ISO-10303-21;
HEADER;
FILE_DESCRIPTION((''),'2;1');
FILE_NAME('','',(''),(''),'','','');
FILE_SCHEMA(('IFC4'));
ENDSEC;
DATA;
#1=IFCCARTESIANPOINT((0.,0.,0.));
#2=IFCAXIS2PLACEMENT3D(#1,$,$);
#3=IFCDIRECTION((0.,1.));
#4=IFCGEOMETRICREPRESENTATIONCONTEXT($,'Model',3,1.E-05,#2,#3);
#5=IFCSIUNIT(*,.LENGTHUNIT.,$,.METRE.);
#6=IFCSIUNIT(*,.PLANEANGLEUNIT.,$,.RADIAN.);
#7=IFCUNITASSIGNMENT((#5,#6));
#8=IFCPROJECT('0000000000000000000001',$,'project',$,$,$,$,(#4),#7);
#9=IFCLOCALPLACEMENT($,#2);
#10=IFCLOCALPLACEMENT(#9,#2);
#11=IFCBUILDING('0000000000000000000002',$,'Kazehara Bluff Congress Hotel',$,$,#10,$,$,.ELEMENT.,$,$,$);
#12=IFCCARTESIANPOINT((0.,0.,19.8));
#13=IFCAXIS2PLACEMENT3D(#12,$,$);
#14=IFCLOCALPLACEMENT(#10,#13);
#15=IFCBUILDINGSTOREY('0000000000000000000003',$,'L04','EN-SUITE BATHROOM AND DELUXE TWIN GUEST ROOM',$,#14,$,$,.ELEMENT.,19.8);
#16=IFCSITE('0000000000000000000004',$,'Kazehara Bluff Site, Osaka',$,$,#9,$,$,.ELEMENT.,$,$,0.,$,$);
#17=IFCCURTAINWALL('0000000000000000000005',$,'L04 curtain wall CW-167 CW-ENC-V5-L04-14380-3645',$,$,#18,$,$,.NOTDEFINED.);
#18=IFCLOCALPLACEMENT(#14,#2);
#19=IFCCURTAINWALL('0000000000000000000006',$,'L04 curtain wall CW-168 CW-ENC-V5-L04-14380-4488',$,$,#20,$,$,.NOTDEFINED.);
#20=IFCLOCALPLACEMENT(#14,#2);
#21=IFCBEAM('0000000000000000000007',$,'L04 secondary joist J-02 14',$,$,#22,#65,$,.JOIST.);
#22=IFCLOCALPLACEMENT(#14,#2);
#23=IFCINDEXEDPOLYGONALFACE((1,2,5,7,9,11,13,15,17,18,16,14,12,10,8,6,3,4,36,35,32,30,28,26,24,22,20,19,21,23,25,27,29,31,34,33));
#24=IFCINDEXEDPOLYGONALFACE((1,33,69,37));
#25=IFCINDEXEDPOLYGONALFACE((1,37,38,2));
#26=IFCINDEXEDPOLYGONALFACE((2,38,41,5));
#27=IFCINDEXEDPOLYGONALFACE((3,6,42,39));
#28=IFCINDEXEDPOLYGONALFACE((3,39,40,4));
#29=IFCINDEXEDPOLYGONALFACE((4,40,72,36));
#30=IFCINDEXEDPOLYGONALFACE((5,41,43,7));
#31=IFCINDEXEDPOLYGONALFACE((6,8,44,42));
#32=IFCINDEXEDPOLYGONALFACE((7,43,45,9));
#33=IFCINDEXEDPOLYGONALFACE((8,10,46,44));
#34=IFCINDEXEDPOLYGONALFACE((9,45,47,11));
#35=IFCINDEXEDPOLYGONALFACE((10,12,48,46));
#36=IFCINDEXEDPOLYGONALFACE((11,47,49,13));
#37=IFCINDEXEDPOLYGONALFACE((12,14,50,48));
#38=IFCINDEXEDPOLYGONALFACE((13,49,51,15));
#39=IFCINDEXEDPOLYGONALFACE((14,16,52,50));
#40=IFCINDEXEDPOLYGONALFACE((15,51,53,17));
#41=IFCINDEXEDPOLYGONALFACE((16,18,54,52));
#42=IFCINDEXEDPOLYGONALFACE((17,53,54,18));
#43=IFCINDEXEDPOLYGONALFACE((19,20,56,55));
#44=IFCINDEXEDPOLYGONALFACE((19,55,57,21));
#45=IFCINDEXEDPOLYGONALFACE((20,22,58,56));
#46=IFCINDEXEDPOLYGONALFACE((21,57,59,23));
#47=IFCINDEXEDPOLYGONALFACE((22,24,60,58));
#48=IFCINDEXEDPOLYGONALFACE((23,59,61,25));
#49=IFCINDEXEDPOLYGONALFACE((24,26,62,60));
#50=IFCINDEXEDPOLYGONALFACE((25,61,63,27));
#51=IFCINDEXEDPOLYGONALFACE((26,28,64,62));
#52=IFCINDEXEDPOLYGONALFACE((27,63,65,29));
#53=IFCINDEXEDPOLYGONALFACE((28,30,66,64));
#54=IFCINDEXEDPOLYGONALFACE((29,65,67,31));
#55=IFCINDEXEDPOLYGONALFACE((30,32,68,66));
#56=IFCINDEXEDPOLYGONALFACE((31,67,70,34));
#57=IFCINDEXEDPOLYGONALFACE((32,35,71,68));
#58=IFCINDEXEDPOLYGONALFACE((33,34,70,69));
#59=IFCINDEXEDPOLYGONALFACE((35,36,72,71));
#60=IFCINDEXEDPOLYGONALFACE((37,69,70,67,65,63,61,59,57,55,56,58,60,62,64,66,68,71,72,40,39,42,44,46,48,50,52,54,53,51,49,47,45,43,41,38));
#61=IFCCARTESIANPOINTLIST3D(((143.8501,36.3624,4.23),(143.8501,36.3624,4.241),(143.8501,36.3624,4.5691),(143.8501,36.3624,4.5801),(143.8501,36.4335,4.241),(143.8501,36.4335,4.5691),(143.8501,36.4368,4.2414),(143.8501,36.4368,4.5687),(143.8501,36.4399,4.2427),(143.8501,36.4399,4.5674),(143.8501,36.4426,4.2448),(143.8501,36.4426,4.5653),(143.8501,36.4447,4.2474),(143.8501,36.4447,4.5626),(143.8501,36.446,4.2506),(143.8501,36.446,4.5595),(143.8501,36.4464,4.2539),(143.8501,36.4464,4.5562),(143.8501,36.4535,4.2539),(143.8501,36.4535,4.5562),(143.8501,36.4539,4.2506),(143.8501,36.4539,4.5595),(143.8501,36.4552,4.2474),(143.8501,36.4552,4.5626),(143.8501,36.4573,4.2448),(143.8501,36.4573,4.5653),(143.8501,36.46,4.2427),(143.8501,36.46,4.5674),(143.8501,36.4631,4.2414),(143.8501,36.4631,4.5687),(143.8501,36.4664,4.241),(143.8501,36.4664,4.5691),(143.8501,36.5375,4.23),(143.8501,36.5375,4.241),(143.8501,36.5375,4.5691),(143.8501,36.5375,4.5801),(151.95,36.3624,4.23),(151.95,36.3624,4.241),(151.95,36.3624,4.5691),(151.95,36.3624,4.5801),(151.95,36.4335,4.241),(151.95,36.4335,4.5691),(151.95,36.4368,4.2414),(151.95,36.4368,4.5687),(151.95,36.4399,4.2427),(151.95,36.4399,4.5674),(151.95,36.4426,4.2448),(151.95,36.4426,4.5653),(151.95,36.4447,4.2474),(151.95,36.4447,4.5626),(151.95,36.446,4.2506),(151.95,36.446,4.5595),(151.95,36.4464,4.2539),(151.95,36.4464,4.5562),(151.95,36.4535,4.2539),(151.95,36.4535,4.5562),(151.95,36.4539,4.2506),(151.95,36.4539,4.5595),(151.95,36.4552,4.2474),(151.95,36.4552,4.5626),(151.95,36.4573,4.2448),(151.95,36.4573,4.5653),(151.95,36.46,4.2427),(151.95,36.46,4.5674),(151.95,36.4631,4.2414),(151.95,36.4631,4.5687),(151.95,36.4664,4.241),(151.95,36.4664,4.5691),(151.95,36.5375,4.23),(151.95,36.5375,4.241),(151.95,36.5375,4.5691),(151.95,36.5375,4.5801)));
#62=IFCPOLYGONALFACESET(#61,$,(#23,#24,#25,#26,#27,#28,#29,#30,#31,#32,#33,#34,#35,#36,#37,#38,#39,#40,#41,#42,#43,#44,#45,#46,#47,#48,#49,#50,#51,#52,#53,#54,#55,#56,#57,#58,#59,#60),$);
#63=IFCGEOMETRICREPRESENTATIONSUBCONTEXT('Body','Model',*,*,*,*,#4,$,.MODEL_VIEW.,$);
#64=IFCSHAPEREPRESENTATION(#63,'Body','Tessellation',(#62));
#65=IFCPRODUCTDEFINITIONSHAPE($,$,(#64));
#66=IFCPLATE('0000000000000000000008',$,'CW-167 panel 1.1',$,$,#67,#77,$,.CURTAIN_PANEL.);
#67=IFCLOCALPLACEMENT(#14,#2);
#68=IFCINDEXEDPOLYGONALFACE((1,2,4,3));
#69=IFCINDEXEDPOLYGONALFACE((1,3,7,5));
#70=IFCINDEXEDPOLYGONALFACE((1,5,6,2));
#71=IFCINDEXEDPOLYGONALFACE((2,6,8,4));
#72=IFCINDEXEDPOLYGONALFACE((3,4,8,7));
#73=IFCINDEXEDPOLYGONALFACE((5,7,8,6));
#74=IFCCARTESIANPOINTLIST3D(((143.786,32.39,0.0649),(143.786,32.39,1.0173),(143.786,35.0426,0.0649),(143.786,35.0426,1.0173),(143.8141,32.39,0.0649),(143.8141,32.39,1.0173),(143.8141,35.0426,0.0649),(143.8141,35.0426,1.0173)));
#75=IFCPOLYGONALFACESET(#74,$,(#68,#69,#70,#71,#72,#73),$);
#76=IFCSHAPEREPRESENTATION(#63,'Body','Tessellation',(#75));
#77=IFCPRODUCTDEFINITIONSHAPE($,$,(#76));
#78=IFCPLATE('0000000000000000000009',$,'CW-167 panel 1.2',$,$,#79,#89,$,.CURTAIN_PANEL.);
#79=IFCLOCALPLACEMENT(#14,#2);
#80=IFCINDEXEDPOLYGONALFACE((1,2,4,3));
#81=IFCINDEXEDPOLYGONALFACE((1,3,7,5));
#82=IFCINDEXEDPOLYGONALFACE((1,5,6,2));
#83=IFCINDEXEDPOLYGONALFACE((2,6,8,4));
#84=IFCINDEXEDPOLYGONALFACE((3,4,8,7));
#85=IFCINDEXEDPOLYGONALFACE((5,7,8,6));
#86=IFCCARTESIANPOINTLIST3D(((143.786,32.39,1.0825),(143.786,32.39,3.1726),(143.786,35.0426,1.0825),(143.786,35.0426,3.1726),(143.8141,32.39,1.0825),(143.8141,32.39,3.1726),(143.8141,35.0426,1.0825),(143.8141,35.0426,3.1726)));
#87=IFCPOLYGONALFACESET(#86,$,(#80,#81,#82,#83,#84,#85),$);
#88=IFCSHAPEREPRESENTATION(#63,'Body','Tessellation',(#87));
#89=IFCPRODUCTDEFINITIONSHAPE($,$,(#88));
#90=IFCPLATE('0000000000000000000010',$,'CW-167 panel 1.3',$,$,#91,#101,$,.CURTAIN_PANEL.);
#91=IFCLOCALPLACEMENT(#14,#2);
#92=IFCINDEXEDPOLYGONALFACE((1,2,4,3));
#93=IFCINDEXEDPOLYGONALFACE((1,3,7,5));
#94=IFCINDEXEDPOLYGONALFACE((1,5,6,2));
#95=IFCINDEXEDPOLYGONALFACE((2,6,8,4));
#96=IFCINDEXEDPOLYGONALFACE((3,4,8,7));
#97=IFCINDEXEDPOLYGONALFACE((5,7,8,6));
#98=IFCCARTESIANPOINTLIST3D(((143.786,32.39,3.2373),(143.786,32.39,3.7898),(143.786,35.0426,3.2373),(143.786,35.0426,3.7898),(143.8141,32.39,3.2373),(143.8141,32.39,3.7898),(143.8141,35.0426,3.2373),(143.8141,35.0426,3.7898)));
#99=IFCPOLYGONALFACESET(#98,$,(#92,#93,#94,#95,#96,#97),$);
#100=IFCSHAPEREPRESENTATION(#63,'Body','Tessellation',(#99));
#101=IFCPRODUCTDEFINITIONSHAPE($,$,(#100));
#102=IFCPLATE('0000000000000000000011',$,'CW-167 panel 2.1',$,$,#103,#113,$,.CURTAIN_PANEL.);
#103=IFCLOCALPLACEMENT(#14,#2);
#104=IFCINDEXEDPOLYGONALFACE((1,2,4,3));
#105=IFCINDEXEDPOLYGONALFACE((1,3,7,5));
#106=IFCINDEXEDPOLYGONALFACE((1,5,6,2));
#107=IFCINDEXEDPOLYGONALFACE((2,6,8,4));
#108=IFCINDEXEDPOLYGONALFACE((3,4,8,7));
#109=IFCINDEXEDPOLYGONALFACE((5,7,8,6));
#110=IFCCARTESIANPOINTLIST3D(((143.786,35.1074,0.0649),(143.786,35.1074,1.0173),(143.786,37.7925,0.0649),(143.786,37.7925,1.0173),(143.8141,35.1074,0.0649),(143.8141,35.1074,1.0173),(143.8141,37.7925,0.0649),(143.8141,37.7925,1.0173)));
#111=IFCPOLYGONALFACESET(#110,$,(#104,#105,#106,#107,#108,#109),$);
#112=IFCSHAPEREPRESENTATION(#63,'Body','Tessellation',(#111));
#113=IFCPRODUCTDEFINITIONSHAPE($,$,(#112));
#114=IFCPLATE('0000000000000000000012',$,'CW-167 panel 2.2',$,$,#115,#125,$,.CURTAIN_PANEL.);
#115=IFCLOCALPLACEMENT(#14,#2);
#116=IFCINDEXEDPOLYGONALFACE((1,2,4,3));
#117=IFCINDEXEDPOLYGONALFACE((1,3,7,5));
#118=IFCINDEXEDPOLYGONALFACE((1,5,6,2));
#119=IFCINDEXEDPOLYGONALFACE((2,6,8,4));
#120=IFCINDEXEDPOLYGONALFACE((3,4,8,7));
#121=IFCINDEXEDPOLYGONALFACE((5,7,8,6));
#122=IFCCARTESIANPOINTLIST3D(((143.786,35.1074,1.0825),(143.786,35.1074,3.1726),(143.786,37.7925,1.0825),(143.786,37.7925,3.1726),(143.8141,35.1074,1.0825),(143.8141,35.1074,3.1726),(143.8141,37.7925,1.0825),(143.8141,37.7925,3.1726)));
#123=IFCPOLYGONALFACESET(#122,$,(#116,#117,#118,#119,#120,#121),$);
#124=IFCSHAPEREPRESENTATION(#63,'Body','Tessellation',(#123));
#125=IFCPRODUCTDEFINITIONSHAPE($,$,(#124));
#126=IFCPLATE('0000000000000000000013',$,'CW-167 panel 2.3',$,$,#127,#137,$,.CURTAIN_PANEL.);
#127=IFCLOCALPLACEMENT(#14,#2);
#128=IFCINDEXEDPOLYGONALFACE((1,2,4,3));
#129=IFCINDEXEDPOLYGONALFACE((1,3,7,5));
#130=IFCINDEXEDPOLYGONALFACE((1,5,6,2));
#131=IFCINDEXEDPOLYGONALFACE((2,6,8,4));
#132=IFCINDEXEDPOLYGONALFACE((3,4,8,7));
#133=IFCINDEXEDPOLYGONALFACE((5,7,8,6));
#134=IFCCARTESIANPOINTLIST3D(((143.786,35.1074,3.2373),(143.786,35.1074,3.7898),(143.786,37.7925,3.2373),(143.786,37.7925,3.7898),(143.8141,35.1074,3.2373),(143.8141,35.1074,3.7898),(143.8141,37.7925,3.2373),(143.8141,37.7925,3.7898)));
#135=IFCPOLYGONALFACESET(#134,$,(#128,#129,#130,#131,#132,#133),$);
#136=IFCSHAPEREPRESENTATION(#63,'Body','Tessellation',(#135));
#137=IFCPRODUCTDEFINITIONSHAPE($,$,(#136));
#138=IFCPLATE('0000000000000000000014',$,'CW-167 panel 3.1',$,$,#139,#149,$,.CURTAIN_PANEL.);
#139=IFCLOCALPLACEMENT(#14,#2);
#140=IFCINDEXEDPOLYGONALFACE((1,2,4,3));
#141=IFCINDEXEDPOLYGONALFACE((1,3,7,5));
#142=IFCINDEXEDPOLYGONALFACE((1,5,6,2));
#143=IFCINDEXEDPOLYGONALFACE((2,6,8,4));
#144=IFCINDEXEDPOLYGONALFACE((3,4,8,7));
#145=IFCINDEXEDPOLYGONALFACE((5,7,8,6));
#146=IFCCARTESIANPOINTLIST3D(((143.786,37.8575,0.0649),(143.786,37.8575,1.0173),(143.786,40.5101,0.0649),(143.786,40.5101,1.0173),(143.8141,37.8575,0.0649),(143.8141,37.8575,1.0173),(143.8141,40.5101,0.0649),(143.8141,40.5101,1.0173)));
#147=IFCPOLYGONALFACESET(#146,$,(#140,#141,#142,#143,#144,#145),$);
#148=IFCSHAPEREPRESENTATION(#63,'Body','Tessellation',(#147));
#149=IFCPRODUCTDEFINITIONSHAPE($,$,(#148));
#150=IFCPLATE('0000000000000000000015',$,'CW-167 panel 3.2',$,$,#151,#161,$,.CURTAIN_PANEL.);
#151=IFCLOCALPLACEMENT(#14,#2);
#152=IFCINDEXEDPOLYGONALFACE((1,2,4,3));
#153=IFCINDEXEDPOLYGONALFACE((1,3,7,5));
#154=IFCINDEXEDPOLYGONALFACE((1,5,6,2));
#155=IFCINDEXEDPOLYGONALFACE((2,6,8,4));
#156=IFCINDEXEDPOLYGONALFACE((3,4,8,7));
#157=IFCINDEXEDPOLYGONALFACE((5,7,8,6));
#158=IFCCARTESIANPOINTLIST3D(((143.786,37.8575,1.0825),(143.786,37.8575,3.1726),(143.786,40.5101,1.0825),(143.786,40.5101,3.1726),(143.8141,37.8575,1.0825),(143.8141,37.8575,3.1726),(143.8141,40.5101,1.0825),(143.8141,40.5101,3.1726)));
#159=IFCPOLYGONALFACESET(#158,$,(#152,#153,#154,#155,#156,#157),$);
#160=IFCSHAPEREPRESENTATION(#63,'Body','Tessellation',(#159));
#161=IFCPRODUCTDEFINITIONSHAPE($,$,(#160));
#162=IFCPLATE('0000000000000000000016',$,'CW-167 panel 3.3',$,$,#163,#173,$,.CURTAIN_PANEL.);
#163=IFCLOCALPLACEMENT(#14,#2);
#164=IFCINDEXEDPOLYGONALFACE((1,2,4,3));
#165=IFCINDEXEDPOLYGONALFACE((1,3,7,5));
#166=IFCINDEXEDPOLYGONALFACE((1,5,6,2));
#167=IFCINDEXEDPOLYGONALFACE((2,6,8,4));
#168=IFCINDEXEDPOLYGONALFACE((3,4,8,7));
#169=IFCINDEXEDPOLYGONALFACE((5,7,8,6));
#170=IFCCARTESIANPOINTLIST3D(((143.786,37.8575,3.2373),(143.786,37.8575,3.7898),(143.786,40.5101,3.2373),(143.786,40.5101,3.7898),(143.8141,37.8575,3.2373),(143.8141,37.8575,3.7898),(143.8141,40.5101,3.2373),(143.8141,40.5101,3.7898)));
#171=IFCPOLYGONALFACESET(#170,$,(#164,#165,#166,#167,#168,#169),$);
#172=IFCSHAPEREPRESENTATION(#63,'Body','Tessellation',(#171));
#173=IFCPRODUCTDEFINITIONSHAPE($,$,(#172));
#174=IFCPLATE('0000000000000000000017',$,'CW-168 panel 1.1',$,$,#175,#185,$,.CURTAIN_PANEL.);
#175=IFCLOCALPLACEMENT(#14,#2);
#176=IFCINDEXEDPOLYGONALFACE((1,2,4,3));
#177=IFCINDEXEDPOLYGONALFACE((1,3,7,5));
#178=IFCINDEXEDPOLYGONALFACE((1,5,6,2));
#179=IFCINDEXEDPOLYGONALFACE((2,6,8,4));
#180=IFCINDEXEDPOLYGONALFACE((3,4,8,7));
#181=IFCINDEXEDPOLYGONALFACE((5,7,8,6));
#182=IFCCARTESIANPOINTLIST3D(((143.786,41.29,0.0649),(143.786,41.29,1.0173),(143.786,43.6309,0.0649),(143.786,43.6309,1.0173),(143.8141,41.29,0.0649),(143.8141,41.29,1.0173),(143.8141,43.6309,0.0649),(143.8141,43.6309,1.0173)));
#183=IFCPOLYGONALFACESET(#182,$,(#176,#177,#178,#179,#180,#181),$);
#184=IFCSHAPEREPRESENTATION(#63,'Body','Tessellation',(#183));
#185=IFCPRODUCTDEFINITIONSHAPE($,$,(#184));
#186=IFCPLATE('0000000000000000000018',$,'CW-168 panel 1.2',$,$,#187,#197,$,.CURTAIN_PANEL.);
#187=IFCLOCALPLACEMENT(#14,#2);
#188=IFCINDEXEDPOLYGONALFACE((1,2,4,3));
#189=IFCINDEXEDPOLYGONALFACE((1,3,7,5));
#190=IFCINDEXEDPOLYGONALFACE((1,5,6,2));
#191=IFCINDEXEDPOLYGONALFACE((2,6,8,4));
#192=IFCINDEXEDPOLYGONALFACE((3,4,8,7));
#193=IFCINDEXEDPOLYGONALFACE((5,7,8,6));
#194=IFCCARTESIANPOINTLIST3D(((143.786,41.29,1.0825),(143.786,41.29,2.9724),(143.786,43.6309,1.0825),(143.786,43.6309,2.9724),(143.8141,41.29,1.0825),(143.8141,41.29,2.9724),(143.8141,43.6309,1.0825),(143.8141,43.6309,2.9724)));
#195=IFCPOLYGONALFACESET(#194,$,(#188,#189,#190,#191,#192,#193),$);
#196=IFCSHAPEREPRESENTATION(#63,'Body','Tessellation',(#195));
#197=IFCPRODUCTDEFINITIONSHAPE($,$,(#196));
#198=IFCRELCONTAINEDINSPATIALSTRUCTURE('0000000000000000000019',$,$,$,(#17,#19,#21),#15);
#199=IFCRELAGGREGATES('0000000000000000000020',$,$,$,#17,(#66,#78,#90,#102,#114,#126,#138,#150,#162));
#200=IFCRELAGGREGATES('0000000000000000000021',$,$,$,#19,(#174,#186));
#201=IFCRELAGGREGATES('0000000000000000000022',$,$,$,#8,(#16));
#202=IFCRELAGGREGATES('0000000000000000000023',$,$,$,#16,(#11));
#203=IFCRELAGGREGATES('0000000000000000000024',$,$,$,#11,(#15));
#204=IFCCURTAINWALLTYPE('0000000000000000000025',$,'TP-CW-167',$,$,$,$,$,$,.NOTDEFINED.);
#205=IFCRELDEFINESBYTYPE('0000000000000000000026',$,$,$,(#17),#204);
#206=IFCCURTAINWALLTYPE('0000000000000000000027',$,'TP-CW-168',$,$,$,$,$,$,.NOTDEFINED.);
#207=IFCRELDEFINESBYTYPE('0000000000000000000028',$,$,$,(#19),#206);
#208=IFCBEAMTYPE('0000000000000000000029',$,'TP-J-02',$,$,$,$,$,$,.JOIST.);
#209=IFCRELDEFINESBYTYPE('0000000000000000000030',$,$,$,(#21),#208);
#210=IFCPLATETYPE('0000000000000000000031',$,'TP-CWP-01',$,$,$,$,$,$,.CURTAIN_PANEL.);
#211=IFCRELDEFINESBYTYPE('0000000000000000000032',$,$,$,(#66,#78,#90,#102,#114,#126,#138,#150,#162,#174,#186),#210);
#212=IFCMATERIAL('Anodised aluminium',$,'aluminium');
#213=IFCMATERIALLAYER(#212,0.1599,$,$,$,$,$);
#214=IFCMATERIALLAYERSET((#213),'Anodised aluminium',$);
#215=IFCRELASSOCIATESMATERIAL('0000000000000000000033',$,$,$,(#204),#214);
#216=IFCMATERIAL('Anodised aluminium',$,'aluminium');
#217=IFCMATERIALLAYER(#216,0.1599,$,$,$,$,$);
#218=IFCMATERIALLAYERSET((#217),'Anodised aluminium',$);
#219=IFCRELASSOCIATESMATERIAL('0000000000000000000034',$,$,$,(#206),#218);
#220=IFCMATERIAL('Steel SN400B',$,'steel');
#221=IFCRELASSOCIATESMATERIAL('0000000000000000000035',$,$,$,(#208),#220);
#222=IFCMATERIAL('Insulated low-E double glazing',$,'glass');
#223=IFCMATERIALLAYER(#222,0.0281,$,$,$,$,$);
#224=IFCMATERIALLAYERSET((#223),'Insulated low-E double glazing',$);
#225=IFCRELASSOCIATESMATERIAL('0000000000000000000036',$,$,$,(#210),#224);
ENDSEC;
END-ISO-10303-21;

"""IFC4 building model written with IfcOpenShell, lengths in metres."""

from ifc_helpers import new_model, si_unit, direction, frame, origin, origin_2d, place, context, subcontext, project, spatial, rectangle, i_section, extrude, material, layer, layer_set, material_profile, profile_set, type_object, element, aggregate, save


model = new_model("IFC4")

# Units and contexts
model_context = context("Model", 3, precision=1e-05, world=origin(), true_north=direction((0.0, 1.0)))
body_context = subcontext(model_context, "Body", "Model", "MODEL_VIEW")
ifc_project = project(units=[si_unit("LENGTHUNIT", "METRE"), si_unit("PLANEANGLEUNIT", "RADIAN")], contexts=[model_context])

# Site, building, storey
site_placement = place(None, origin())
site = spatial("IfcSite", under=ifc_project, at=site_placement, Name="Kazehara Bluff Site, Osaka", CompositionType="ELEMENT", RefElevation=0.0)
building_placement = place(site_placement, origin())
building = spatial("IfcBuilding", under=site, at=building_placement, Name="Kazehara Bluff Congress Hotel", CompositionType="ELEMENT")
storey_placement = place(building_placement, frame((0.0, 0.0, 19.8)))
storey = spatial("IfcBuildingStorey", under=building, at=storey_placement, Name="L04", Description="EN-SUITE BATHROOM AND DELUXE TWIN GUEST ROOM", CompositionType="ELEMENT", Elevation=19.8)

# Curtain walls
ifc_material_1 = material(Name="Anodised aluminium", Category="aluminium")
ifc_layer_1 = layer(ifc_material_1, 0.1599)
ifc_layer_set_1 = layer_set([ifc_layer_1], Name="Anodised aluminium")
curtain_wall_type_1 = type_object("IfcCurtainWallType", Name="TP-CW-167", PredefinedType="NOTDEFINED", material=ifc_layer_set_1)
curtain_wall_1_placement = place(storey_placement, origin())
curtain_wall_1 = element("IfcCurtainWall", 1, at=curtain_wall_1_placement, inside=storey, type_object=curtain_wall_type_1, Name="L04 curtain wall CW-167 CW-ENC-V5-L04-14380-3645", PredefinedType="NOTDEFINED")
ifc_material_2 = material(Name="Anodised aluminium", Category="aluminium")
ifc_layer_2 = layer(ifc_material_2, 0.1599)
ifc_layer_set_2 = layer_set([ifc_layer_2], Name="Anodised aluminium")
curtain_wall_type_2 = type_object("IfcCurtainWallType", Name="TP-CW-168", PredefinedType="NOTDEFINED", material=ifc_layer_set_2)
curtain_wall_2_placement = place(storey_placement, origin())
curtain_wall_2 = element("IfcCurtainWall", 2, at=curtain_wall_2_placement, inside=storey, type_object=curtain_wall_type_2, Name="L04 curtain wall CW-168 CW-ENC-V5-L04-14380-4488", PredefinedType="NOTDEFINED")

# Beam
ifc_material_3 = material(Name="Steel SN400B", Category="steel")
ifc_material_profile_1 = material_profile(ifc_material_3, i_section(OverallWidth=0.175, OverallDepth=0.3501, WebThickness=0.0071, FlangeThickness=0.011, FilletRadius=0.0129, at=origin_2d()))
ifc_profile_set_1 = profile_set([ifc_material_profile_1], Name="Steel SN400B")
beam_type_1 = type_object("IfcBeamType", Name="TP-J-02", PredefinedType="JOIST", material=ifc_profile_set_1)
beam_1_placement = place(storey_placement, frame((143.8501, 36.45, 4.405), z_axis=(1.0, 0.0, 0.0), x_axis=(0.0, 1.0, 0.0)))
element("IfcBeam", 3, at=beam_1_placement, inside=storey, type_object=beam_type_1, Name="L04 secondary joist J-02 14", PredefinedType="JOIST", context=body_context, shape_type="SweptSolid", body=[
    extrude(i_section(OverallWidth=0.175, OverallDepth=0.3501, WebThickness=0.0071, FlangeThickness=0.011, FilletRadius=0.0129, at=origin_2d()), origin(), (0.0, 0.0, 1.0), 8.0999),
])

# Plates
ifc_material_4 = material(Name="Insulated low-E double glazing", Category="glass")
ifc_layer_3 = layer(ifc_material_4, 0.0281)
ifc_layer_set_3 = layer_set([ifc_layer_3], Name="Insulated low-E double glazing")
plate_type = type_object("IfcPlateType", Name="TP-CWP-01", PredefinedType="CURTAIN_PANEL", material=ifc_layer_set_3)
plate_1_placement = place(storey_placement, frame((143.8, 33.7163, 0.0649), z_axis=(0.0, 0.0, 1.0), x_axis=(0.0, 1.0, 0.0)))
plate_1 = element("IfcPlate", 4, at=plate_1_placement, type_object=plate_type, Name="CW-167 panel 1.1", PredefinedType="CURTAIN_PANEL", context=body_context, shape_type="SweptSolid", body=[
    extrude(rectangle(XDim=2.6526, YDim=0.0281, at=origin_2d()), origin(), (0.0, 0.0, 1.0), 0.9524),
])
plate_2_placement = place(storey_placement, frame((143.8, 33.7163, 1.0825), z_axis=(0.0, 0.0, 1.0), x_axis=(0.0, 1.0, 0.0)))
plate_2 = element("IfcPlate", 5, at=plate_2_placement, type_object=plate_type, Name="CW-167 panel 1.2", PredefinedType="CURTAIN_PANEL", context=body_context, shape_type="SweptSolid", body=[
    extrude(rectangle(XDim=2.6526, YDim=0.0281, at=origin_2d()), origin(), (0.0, 0.0, 1.0), 2.0901),
])
plate_3_placement = place(storey_placement, frame((143.8, 33.7163, 3.2373), z_axis=(0.0, 0.0, 1.0), x_axis=(0.0, 1.0, 0.0)))
plate_3 = element("IfcPlate", 6, at=plate_3_placement, type_object=plate_type, Name="CW-167 panel 1.3", PredefinedType="CURTAIN_PANEL", context=body_context, shape_type="SweptSolid", body=[
    extrude(rectangle(XDim=2.6526, YDim=0.0281, at=origin_2d()), origin(), (0.0, 0.0, 1.0), 0.5525),
])
plate_4_placement = place(storey_placement, frame((143.8, 36.45, 0.0649), z_axis=(0.0, 0.0, 1.0), x_axis=(0.0, 1.0, 0.0)))
plate_4 = element("IfcPlate", 7, at=plate_4_placement, type_object=plate_type, Name="CW-167 panel 2.1", PredefinedType="CURTAIN_PANEL", context=body_context, shape_type="SweptSolid", body=[
    extrude(rectangle(XDim=2.6851, YDim=0.0281, at=origin_2d()), origin(), (0.0, 0.0, 1.0), 0.9524),
])
plate_5_placement = place(storey_placement, frame((143.8, 36.45, 1.0825), z_axis=(0.0, 0.0, 1.0), x_axis=(0.0, 1.0, 0.0)))
plate_5 = element("IfcPlate", 8, at=plate_5_placement, type_object=plate_type, Name="CW-167 panel 2.2", PredefinedType="CURTAIN_PANEL", context=body_context, shape_type="SweptSolid", body=[
    extrude(rectangle(XDim=2.6851, YDim=0.0281, at=origin_2d()), origin(), (0.0, 0.0, 1.0), 2.0901),
])
plate_6_placement = place(storey_placement, frame((143.8, 36.45, 3.2373), z_axis=(0.0, 0.0, 1.0), x_axis=(0.0, 1.0, 0.0)))
plate_6 = element("IfcPlate", 9, at=plate_6_placement, type_object=plate_type, Name="CW-167 panel 2.3", PredefinedType="CURTAIN_PANEL", context=body_context, shape_type="SweptSolid", body=[
    extrude(rectangle(XDim=2.6851, YDim=0.0281, at=origin_2d()), origin(), (0.0, 0.0, 1.0), 0.5525),
])
plate_7_placement = place(storey_placement, frame((143.8, 39.1838, 0.0649), z_axis=(0.0, 0.0, 1.0), x_axis=(0.0, 1.0, 0.0)))
plate_7 = element("IfcPlate", 10, at=plate_7_placement, type_object=plate_type, Name="CW-167 panel 3.1", PredefinedType="CURTAIN_PANEL", context=body_context, shape_type="SweptSolid", body=[
    extrude(rectangle(XDim=2.6526, YDim=0.0281, at=origin_2d()), origin(), (0.0, 0.0, 1.0), 0.9524),
])
plate_8_placement = place(storey_placement, frame((143.8, 39.1838, 1.0825), z_axis=(0.0, 0.0, 1.0), x_axis=(0.0, 1.0, 0.0)))
plate_8 = element("IfcPlate", 11, at=plate_8_placement, type_object=plate_type, Name="CW-167 panel 3.2", PredefinedType="CURTAIN_PANEL", context=body_context, shape_type="SweptSolid", body=[
    extrude(rectangle(XDim=2.6526, YDim=0.0281, at=origin_2d()), origin(), (0.0, 0.0, 1.0), 2.0901),
])
plate_9_placement = place(storey_placement, frame((143.8, 39.1838, 3.2373), z_axis=(0.0, 0.0, 1.0), x_axis=(0.0, 1.0, 0.0)))
plate_9 = element("IfcPlate", 12, at=plate_9_placement, type_object=plate_type, Name="CW-167 panel 3.3", PredefinedType="CURTAIN_PANEL", context=body_context, shape_type="SweptSolid", body=[
    extrude(rectangle(XDim=2.6526, YDim=0.0281, at=origin_2d()), origin(), (0.0, 0.0, 1.0), 0.5525),
])
aggregate(curtain_wall_1, [plate_1, plate_2, plate_3, plate_4, plate_5, plate_6, plate_7, plate_8, plate_9])
plate_10_placement = place(storey_placement, frame((143.8, 42.4604, 0.0649), z_axis=(0.0, 0.0, 1.0), x_axis=(0.0, 1.0, 0.0)))
plate_10 = element("IfcPlate", 13, at=plate_10_placement, type_object=plate_type, Name="CW-168 panel 1.1", PredefinedType="CURTAIN_PANEL", context=body_context, shape_type="SweptSolid", body=[
    extrude(rectangle(XDim=2.3408, YDim=0.0281, at=origin_2d()), origin(), (0.0, 0.0, 1.0), 0.9524),
])
plate_11_placement = place(storey_placement, frame((143.8, 42.4604, 1.0825), z_axis=(0.0, 0.0, 1.0), x_axis=(0.0, 1.0, 0.0)))
plate_11 = element("IfcPlate", 14, at=plate_11_placement, type_object=plate_type, Name="CW-168 panel 1.2", PredefinedType="CURTAIN_PANEL", context=body_context, shape_type="SweptSolid", body=[
    extrude(rectangle(XDim=2.3408, YDim=0.0281, at=origin_2d()), origin(), (0.0, 0.0, 1.0), 1.8899),
])
aggregate(curtain_wall_2, [plate_10, plate_11])

save(model, "model.ifc")
